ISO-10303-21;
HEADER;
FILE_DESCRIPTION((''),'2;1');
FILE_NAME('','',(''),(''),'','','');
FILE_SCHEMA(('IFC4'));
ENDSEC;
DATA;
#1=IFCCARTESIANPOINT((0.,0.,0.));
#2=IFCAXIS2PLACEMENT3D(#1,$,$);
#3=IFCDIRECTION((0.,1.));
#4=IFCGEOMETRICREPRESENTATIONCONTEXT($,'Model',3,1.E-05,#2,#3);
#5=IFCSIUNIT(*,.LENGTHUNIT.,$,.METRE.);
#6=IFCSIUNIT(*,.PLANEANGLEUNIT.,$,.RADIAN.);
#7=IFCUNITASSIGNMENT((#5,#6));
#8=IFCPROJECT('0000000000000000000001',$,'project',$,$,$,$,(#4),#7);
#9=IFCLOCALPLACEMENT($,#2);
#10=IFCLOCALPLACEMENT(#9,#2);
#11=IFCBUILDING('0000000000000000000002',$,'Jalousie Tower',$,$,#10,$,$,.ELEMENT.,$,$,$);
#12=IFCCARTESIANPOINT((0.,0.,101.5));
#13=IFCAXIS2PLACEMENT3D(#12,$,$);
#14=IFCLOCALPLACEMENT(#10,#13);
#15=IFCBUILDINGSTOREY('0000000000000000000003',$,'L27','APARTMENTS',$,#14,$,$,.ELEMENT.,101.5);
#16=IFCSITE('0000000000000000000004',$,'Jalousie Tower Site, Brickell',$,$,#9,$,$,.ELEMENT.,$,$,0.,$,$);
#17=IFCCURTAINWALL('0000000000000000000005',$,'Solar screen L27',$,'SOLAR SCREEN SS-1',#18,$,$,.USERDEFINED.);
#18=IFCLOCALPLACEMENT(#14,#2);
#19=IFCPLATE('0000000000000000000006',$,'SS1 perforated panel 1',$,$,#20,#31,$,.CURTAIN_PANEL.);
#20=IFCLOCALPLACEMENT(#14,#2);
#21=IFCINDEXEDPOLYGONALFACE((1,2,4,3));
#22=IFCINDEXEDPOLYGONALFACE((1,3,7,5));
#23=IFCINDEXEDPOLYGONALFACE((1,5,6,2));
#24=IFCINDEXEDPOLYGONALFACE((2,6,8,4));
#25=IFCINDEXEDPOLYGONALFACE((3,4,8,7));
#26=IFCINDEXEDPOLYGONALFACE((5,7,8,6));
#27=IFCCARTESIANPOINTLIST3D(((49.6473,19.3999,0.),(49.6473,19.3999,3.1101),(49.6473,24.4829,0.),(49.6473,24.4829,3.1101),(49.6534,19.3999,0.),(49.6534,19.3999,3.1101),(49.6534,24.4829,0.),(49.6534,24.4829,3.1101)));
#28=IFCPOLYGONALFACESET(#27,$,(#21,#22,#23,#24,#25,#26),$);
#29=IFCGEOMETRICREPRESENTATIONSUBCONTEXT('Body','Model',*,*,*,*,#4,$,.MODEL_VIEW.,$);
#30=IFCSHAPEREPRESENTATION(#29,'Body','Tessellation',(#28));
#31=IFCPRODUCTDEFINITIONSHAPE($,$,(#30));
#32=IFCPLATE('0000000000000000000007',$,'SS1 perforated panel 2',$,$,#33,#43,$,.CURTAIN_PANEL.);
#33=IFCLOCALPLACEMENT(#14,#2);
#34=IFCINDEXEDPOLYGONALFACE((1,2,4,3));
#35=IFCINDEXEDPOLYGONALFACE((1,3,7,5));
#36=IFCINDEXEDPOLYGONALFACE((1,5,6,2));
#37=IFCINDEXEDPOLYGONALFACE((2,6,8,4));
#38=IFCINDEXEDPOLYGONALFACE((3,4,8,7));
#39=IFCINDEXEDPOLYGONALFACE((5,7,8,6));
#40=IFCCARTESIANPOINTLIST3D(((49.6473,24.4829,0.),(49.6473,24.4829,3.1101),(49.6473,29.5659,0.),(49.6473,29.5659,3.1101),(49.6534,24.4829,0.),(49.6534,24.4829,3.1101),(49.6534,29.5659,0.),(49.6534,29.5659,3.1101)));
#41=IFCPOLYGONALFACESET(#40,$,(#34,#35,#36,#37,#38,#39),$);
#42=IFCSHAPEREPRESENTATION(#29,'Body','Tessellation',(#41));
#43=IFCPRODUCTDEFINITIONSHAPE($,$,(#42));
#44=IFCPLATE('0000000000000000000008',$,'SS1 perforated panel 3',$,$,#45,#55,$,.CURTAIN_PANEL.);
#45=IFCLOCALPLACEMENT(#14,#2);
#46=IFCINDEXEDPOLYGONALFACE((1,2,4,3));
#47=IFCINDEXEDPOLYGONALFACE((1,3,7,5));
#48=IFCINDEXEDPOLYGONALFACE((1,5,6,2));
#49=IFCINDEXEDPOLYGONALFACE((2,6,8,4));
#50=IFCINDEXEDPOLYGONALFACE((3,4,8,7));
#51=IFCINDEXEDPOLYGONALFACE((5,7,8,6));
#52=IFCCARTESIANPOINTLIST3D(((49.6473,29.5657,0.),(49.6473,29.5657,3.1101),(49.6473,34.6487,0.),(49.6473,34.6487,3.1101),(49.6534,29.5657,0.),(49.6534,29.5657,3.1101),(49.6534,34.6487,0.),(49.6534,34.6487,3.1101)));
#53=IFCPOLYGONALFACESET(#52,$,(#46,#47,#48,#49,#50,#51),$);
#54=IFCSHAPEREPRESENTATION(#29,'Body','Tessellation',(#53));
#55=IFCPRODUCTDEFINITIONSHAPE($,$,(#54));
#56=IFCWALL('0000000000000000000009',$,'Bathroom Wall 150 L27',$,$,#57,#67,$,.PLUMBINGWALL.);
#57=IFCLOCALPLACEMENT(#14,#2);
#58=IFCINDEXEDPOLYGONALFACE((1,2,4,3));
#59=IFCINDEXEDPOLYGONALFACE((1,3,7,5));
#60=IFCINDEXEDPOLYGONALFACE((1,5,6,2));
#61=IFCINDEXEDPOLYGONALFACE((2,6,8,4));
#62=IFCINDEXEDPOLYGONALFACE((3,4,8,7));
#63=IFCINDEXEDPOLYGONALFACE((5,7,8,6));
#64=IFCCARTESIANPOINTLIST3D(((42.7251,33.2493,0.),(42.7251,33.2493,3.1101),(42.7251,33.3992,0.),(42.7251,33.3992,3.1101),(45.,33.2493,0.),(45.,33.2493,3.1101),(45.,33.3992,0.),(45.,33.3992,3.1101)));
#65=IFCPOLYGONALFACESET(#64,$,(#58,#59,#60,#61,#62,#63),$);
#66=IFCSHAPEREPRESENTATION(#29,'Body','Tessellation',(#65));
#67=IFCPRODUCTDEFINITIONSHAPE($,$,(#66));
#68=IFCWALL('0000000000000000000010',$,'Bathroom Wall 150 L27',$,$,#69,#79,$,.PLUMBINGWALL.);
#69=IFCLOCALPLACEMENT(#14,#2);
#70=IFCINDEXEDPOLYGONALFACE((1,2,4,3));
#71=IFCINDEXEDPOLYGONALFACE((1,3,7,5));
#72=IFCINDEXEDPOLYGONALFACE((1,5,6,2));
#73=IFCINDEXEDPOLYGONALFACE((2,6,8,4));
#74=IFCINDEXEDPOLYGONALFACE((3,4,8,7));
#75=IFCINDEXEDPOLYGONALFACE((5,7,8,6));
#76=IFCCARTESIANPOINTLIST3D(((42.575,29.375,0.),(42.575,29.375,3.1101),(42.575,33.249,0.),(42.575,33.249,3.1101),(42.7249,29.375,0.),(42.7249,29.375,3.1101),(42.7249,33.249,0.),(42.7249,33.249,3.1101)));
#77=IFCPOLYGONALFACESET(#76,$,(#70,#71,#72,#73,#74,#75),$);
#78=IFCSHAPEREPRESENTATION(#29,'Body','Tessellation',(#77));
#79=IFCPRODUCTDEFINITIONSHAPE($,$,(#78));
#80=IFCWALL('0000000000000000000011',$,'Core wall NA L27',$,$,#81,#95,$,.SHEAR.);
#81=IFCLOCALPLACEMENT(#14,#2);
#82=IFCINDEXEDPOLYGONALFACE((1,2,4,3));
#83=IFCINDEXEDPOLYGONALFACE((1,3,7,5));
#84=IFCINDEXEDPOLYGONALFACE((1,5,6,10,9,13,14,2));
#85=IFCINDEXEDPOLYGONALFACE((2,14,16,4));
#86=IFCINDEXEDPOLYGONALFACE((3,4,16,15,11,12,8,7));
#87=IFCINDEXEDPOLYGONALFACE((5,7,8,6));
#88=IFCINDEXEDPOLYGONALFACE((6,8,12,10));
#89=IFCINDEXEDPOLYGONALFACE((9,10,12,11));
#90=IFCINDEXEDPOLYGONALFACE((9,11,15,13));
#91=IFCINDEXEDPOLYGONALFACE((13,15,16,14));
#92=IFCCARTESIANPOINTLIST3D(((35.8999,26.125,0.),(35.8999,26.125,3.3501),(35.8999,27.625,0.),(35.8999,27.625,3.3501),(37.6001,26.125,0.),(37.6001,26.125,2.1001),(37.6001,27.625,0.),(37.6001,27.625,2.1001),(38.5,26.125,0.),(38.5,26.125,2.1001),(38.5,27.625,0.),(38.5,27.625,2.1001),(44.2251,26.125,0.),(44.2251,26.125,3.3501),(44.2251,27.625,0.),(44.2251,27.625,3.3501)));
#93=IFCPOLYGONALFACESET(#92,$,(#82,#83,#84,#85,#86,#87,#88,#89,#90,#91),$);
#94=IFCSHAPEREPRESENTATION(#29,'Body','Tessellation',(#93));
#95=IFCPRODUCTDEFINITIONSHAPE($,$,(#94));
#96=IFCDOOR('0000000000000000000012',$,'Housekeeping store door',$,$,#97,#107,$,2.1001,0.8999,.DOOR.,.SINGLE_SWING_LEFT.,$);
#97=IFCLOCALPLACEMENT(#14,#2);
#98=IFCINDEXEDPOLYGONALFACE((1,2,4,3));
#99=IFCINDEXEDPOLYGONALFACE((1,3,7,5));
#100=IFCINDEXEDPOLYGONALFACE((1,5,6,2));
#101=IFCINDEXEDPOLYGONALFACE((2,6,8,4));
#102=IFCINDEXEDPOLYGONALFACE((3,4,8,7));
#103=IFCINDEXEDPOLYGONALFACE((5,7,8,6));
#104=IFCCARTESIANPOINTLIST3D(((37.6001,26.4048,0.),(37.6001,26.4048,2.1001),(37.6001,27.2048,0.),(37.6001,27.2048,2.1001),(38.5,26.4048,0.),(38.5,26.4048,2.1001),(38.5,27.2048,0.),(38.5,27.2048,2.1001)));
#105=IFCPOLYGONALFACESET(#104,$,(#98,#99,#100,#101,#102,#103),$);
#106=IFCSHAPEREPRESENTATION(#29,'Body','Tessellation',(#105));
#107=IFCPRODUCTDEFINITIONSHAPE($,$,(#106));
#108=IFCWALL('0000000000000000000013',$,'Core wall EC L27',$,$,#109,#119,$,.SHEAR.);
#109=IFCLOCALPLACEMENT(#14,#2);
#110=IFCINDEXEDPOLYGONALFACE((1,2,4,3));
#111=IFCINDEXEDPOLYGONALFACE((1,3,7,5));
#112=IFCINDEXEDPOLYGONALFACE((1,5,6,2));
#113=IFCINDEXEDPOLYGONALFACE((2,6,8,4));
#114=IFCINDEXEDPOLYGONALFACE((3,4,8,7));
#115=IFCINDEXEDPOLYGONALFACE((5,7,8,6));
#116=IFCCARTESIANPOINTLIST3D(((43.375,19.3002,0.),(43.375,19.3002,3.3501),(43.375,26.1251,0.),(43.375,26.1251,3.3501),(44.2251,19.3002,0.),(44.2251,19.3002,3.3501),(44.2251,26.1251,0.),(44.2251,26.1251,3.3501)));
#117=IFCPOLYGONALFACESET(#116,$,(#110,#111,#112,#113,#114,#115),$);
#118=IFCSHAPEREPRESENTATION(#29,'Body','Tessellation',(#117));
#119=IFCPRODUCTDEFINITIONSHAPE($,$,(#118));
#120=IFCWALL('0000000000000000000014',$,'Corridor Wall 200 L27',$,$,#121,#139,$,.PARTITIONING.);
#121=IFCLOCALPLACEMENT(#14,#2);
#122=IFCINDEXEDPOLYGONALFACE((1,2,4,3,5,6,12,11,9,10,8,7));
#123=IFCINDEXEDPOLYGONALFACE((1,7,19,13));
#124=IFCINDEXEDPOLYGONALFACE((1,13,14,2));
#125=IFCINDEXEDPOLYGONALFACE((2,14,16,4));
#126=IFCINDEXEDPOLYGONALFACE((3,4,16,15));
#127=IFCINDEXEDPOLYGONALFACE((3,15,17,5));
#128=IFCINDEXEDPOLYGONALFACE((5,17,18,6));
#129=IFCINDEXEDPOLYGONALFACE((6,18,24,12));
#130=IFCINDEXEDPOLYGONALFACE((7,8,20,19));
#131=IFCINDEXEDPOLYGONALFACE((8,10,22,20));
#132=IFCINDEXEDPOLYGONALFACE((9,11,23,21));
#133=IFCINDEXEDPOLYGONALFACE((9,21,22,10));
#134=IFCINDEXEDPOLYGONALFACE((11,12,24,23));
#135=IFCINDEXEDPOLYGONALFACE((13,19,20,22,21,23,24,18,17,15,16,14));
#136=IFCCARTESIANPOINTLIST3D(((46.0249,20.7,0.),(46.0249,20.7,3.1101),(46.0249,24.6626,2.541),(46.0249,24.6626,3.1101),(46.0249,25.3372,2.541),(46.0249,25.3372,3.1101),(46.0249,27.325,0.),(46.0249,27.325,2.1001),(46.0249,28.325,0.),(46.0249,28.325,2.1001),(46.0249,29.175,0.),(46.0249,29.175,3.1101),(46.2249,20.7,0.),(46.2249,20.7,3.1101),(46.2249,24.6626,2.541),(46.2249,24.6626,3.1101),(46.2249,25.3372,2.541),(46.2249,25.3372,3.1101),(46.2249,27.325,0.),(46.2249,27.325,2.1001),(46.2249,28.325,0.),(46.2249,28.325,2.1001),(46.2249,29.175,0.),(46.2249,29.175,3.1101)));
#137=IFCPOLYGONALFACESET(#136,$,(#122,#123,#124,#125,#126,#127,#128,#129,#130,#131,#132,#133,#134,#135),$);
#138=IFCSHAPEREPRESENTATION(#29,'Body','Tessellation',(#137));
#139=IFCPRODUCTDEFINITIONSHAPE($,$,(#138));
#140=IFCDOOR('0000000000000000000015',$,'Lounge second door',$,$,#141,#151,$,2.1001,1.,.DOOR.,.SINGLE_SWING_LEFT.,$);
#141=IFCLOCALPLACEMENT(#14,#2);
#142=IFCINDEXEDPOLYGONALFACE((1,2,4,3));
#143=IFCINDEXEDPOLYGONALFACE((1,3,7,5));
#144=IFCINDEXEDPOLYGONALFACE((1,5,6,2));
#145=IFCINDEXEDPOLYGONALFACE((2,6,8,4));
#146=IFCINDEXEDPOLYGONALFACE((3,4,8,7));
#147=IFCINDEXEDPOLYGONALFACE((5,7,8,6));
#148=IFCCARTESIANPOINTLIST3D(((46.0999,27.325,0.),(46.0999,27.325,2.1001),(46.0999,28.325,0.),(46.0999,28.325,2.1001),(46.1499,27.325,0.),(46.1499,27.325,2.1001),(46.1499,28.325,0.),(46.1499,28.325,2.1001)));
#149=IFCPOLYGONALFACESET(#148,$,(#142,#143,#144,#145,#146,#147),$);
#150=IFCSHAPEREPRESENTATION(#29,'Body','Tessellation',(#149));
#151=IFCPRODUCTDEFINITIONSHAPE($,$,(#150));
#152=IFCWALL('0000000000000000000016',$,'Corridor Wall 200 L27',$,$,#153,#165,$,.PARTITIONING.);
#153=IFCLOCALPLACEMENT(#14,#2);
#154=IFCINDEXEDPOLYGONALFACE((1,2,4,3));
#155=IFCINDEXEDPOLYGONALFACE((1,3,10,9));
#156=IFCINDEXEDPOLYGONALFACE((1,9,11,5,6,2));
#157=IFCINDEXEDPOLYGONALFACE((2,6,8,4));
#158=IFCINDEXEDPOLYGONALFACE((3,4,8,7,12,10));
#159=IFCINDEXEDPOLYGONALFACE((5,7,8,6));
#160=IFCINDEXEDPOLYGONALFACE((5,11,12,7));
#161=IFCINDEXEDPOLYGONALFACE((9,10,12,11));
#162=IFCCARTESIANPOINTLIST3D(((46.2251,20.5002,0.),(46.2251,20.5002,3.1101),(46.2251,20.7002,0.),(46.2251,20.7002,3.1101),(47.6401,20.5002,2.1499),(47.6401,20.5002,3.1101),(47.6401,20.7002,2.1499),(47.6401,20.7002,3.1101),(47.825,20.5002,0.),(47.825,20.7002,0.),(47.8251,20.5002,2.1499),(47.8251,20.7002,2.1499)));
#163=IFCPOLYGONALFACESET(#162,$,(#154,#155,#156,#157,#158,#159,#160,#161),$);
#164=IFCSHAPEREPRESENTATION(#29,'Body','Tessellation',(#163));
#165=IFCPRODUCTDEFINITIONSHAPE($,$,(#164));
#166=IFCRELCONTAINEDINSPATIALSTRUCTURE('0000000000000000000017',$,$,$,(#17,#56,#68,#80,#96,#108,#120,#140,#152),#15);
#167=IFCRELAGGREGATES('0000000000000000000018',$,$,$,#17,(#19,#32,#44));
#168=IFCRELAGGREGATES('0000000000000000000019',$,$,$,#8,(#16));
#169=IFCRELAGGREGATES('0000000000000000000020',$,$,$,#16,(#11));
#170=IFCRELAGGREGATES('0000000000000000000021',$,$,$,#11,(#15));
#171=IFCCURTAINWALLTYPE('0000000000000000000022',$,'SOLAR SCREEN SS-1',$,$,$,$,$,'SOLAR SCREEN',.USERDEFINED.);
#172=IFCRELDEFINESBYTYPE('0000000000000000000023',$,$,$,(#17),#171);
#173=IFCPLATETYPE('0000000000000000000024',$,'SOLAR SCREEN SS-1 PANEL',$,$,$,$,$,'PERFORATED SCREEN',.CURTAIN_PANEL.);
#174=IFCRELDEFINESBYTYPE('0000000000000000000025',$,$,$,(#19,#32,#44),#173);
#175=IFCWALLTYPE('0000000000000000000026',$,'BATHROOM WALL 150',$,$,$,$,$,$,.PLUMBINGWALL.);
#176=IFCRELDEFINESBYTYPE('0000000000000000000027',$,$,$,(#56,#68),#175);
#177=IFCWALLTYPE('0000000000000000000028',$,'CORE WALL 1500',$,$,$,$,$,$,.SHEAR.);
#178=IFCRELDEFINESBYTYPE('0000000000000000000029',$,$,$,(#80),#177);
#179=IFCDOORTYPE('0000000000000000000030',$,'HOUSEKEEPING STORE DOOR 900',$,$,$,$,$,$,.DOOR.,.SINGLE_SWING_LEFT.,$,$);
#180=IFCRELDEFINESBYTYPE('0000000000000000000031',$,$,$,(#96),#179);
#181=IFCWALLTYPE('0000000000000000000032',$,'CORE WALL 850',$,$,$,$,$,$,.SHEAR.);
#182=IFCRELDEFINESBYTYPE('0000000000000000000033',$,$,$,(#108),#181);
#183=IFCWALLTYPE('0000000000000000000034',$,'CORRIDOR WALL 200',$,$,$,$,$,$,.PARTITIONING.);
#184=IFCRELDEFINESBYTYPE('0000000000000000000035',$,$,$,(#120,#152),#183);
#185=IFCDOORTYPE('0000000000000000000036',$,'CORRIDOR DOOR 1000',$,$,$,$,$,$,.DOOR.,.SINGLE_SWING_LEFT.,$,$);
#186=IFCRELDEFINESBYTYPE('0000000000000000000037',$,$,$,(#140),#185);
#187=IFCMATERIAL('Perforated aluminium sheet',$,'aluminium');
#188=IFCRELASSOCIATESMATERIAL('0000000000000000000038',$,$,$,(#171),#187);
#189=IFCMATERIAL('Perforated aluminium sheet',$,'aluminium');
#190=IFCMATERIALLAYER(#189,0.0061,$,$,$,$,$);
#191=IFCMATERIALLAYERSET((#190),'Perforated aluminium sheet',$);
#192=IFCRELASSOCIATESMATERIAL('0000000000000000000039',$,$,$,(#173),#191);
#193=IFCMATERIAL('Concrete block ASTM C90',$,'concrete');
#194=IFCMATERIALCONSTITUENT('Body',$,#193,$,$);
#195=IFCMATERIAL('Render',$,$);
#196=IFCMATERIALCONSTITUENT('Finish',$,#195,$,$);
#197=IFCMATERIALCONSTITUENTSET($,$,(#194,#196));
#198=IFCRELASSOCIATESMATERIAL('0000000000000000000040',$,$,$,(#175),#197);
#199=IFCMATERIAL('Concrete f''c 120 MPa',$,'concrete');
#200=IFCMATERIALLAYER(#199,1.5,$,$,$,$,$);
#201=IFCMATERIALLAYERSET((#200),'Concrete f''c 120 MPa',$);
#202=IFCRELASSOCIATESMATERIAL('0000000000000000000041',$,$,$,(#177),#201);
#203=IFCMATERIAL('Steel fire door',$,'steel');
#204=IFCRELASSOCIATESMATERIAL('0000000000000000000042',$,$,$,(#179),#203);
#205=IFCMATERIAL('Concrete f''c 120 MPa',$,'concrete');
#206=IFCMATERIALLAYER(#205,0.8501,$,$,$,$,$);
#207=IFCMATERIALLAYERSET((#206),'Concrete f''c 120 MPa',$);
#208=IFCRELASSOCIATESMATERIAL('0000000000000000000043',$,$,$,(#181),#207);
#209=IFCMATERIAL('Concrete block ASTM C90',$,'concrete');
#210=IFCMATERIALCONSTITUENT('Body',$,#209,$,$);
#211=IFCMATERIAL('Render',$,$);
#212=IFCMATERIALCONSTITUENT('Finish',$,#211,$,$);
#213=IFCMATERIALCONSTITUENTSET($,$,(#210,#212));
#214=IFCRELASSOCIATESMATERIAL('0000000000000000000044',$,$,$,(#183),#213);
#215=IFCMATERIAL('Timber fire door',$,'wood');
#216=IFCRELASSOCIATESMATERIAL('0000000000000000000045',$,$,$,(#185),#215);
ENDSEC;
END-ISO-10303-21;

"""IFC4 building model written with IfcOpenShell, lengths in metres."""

from ifc_helpers import new_model, si_unit, direction, frame, frame_2d, origin, origin_2d, place, context, subcontext, project, spatial, polyline, rectangle, outline, extrude, material, layer, layer_set, constituent, constituent_set, type_object, element, fill, aggregate, save


model = new_model("IFC4")

# Units and contexts
model_context = context("Model", 3, precision=1e-05, world=origin(), true_north=direction((0.0, 1.0)))
body_context = subcontext(model_context, "Body", "Model", "MODEL_VIEW")
ifc_project = project(units=[si_unit("LENGTHUNIT", "METRE"), si_unit("PLANEANGLEUNIT", "RADIAN")], contexts=[model_context])

# Site, building, storey
site_placement = place(None, origin())
site = spatial("IfcSite", under=ifc_project, at=site_placement, Name="Jalousie Tower Site, Brickell", CompositionType="ELEMENT", RefElevation=0.0)
building_placement = place(site_placement, origin())
building = spatial("IfcBuilding", under=site, at=building_placement, Name="Jalousie Tower", CompositionType="ELEMENT")
storey_placement = place(building_placement, frame((0.0, 0.0, 101.5)))
storey = spatial("IfcBuildingStorey", under=building, at=storey_placement, Name="L27", Description="APARTMENTS", CompositionType="ELEMENT", Elevation=101.5)

# Curtain wall, plates
ifc_material_1 = material(Name="Perforated aluminium sheet", Category="aluminium")
curtain_wall_type = type_object("IfcCurtainWallType", Name="SOLAR SCREEN SS-1", ElementType="SOLAR SCREEN", PredefinedType="USERDEFINED", material=ifc_material_1)
curtain_wall_placement = place(storey_placement, origin())
curtain_wall = element("IfcCurtainWall", 1, at=curtain_wall_placement, inside=storey, type_object=curtain_wall_type, Name="Solar screen L27", ObjectType="SOLAR SCREEN SS-1", PredefinedType="USERDEFINED")
ifc_material_2 = material(Name="Perforated aluminium sheet", Category="aluminium")
ifc_layer_1 = layer(ifc_material_2, 0.0061)
ifc_layer_set_1 = layer_set([ifc_layer_1], Name="Perforated aluminium sheet")
plate_type = type_object("IfcPlateType", Name="SOLAR SCREEN SS-1 PANEL", ElementType="PERFORATED SCREEN", PredefinedType="CURTAIN_PANEL", material=ifc_layer_set_1)
plate_1_placement = place(storey_placement, frame((49.6504, 21.9414, 0.0), z_axis=(0.0, 0.0, 1.0), x_axis=(0.0, 1.0, 0.0)))
plate_1 = element("IfcPlate", 2, at=plate_1_placement, type_object=plate_type, Name="SS1 perforated panel 1", PredefinedType="CURTAIN_PANEL", context=body_context, shape_type="SweptSolid", body=[
    extrude(rectangle(XDim=5.083, YDim=0.0061, at=origin_2d()), origin(), (0.0, 0.0, 1.0), 3.1101),
])
plate_2_placement = place(storey_placement, frame((49.6504, 27.0244, 0.0), z_axis=(0.0, 0.0, 1.0), x_axis=(0.0, 1.0, 0.0)))
plate_2 = element("IfcPlate", 3, at=plate_2_placement, type_object=plate_type, Name="SS1 perforated panel 2", PredefinedType="CURTAIN_PANEL", context=body_context, shape_type="SweptSolid", body=[
    extrude(rectangle(XDim=5.083, YDim=0.0061, at=origin_2d()), origin(), (0.0, 0.0, 1.0), 3.1101),
])
plate_3_placement = place(storey_placement, frame((49.6504, 32.1072, 0.0), z_axis=(0.0, 0.0, 1.0), x_axis=(0.0, 1.0, 0.0)))
plate_3 = element("IfcPlate", 4, at=plate_3_placement, type_object=plate_type, Name="SS1 perforated panel 3", PredefinedType="CURTAIN_PANEL", context=body_context, shape_type="SweptSolid", body=[
    extrude(rectangle(XDim=5.083, YDim=0.0061, at=origin_2d()), origin(), (0.0, 0.0, 1.0), 3.1101),
])
aggregate(curtain_wall, [plate_1, plate_2, plate_3])

# Walls
ifc_material_3 = material(Name="Concrete block ASTM C90", Category="concrete")
ifc_constituent_1 = constituent(ifc_material_3, Name="Body")
ifc_material_4 = material(Name="Render")
ifc_constituent_2 = constituent(ifc_material_4, Name="Finish")
ifc_constituent_set_1 = constituent_set(constituents=[ifc_constituent_1, ifc_constituent_2])
wall_type_1 = type_object("IfcWallType", Name="BATHROOM WALL 150", PredefinedType="PLUMBINGWALL", material=ifc_constituent_set_1)
wall_1_placement = place(storey_placement, frame((42.7251, 33.3242, 0.0), z_axis=(0.0, 0.0, 1.0), x_axis=(1.0, 0.0, 0.0)))
element("IfcWall", 5, at=wall_1_placement, inside=storey, type_object=wall_type_1, Name="Bathroom Wall 150 L27", PredefinedType="PLUMBINGWALL", context=body_context, shape_type="SweptSolid", body=[
    extrude(rectangle(XDim=2.2749, YDim=0.1499, at=frame_2d((1.1375, 0.0))), origin(), (0.0, 0.0, 1.0), 3.1101),
])
wall_2_placement = place(storey_placement, frame((42.6499, 33.249, 0.0), z_axis=(0.0, 0.0, 1.0), x_axis=(0.0, -1.0, 0.0)))
element("IfcWall", 6, at=wall_2_placement, inside=storey, type_object=wall_type_1, Name="Bathroom Wall 150 L27", PredefinedType="PLUMBINGWALL", context=body_context, shape_type="SweptSolid", body=[
    extrude(rectangle(XDim=3.874, YDim=0.1499, at=frame_2d((1.937, 0.0))), origin(), (0.0, 0.0, 1.0), 3.1101),
])

# Wall, opening, door
ifc_material_5 = material(Name="Concrete f'c 120 MPa", Category="concrete")
ifc_layer_2 = layer(ifc_material_5, 1.5)
ifc_layer_set_2 = layer_set([ifc_layer_2], Name="Concrete f'c 120 MPa")
wall_type_2 = type_object("IfcWallType", Name="CORE WALL 1500", PredefinedType="SHEAR", material=ifc_layer_set_2)
wall_3_placement = place(storey_placement, frame((44.2251, 26.875, 0.0), z_axis=(0.0, 0.0, 1.0), x_axis=(-1.0, 0.0, 0.0)))
wall_3 = element("IfcWall", 7, at=wall_3_placement, inside=storey, type_object=wall_type_2, Name="Core wall NA L27", PredefinedType="SHEAR", context=body_context, shape_type="SweptSolid", body=[
    extrude(rectangle(XDim=8.3252, YDim=1.5, at=frame_2d((4.1626, 0.0))), origin(), (0.0, 0.0, 1.0), 3.3501),
])
opening_1_placement = place(wall_3_placement, frame((5.7251, 0.0, 0.0)))
opening_1 = element("IfcOpeningElement", 8, at=opening_1_placement, cuts=wall_3, PredefinedType="OPENING", context=body_context, shape_type="SweptSolid", body=[
    extrude(rectangle(XDim=0.8999, YDim=2.1001, at=frame_2d((0.45, 1.05))), frame((0.0, 0.76, 0.0), z_axis=(0.0, -1.0, 0.0), x_axis=(1.0, 0.0, 0.0)), (0.0, 0.0, 1.0), 1.52),
])
ifc_material_6 = material(Name="Steel fire door", Category="steel")
door_type_1 = type_object("IfcDoorType", Name="HOUSEKEEPING STORE DOOR 900", OperationType="SINGLE_SWING_LEFT", PredefinedType="DOOR", material=ifc_material_6)
door_1_placement = place(opening_1_placement, origin())
door_1 = element("IfcDoor", 9, at=door_1_placement, inside=storey, type_object=door_type_1, Name="Housekeeping store door", OperationType="SINGLE_SWING_LEFT", OverallHeight=2.1001, OverallWidth=0.8999, PredefinedType="DOOR", context=body_context, shape_type="SweptSolid", body=[
    extrude(rectangle(XDim=0.8999, YDim=2.1001, at=frame_2d((0.45, 1.05))), frame((0.0, 0.4702, 0.0), z_axis=(0.0, -1.0, 0.0), x_axis=(1.0, 0.0, 0.0)), (0.0, 0.0, 1.0), 0.8),
])
fill(opening_1, door_1)

# Wall
ifc_material_7 = material(Name="Concrete f'c 120 MPa", Category="concrete")
ifc_layer_3 = layer(ifc_material_7, 0.8501)
ifc_layer_set_3 = layer_set([ifc_layer_3], Name="Concrete f'c 120 MPa")
wall_type_3 = type_object("IfcWallType", Name="CORE WALL 850", PredefinedType="SHEAR", material=ifc_layer_set_3)
wall_4_placement = place(storey_placement, frame((43.8, 19.3, 0.0), z_axis=(0.0, 0.0, 1.0), x_axis=(0.0, 1.0, 0.0)))
element("IfcWall", 10, at=wall_4_placement, inside=storey, type_object=wall_type_3, Name="Core wall EC L27", PredefinedType="SHEAR", context=body_context, shape_type="SweptSolid", body=[
    extrude(rectangle(XDim=6.825, YDim=0.8501, at=frame_2d((3.4126, 0.0))), origin(), (0.0, 0.0, 1.0), 3.3501),
])

# Wall, opening, door
ifc_material_8 = material(Name="Concrete block ASTM C90", Category="concrete")
ifc_constituent_3 = constituent(ifc_material_8, Name="Body")
ifc_material_9 = material(Name="Render")
ifc_constituent_4 = constituent(ifc_material_9, Name="Finish")
ifc_constituent_set_2 = constituent_set(constituents=[ifc_constituent_3, ifc_constituent_4])
wall_type_4 = type_object("IfcWallType", Name="CORRIDOR WALL 200", PredefinedType="PARTITIONING", material=ifc_constituent_set_2)
wall_5_placement = place(storey_placement, frame((46.125, 20.7, 0.0), z_axis=(0.0, 0.0, 1.0), x_axis=(0.0, 1.0, 0.0)))
wall_5 = element("IfcWall", 11, at=wall_5_placement, inside=storey, type_object=wall_type_4, Name="Corridor Wall 200 L27", PredefinedType="PARTITIONING", context=body_context, shape_type="SweptSolid", body=[
    extrude(outline(polyline([(0.0, 0.0), (8.4751, 0.0), (8.4751, 3.1101), (4.6372, 3.1101), (4.6372, 2.541), (3.9626, 2.541), (3.9626, 3.1101), (0.0, 3.1101), (0.0, 0.0)])), frame((0.0, 0.1001, 0.0), z_axis=(0.0, -1.0, 0.0), x_axis=(1.0, 0.0, 0.0)), (0.0, 0.0, 1.0), 0.2),
])
opening_2_placement = place(wall_5_placement, frame((6.625, 0.0, 0.0)))
opening_2 = element("IfcOpeningElement", 12, at=opening_2_placement, cuts=wall_5, PredefinedType="OPENING", context=body_context, shape_type="SweptSolid", body=[
    extrude(rectangle(XDim=1.0, YDim=2.1001, at=frame_2d((0.5, 1.05))), frame((0.0, 0.1099, 0.0), z_axis=(0.0, -1.0, 0.0), x_axis=(1.0, 0.0, 0.0)), (0.0, 0.0, 1.0), 0.22),
])
ifc_material_10 = material(Name="Timber fire door", Category="wood")
door_type_2 = type_object("IfcDoorType", Name="CORRIDOR DOOR 1000", OperationType="SINGLE_SWING_LEFT", PredefinedType="DOOR", material=ifc_material_10)
door_2_placement = place(opening_2_placement, frame((1.0, 0.0, 0.0), z_axis=(0.0, 0.0, 1.0), x_axis=(-1.0, 0.0, 0.0)))
door_2 = element("IfcDoor", 13, at=door_2_placement, inside=storey, type_object=door_type_2, Name="Lounge second door", OperationType="SINGLE_SWING_LEFT", OverallHeight=2.1001, OverallWidth=1.0, PredefinedType="DOOR", context=body_context, shape_type="SweptSolid", body=[
    extrude(rectangle(XDim=1.0, YDim=2.1001, at=frame_2d((0.5, 1.05))), frame((0.0, 0.0249, 0.0), z_axis=(0.0, -1.0, 0.0), x_axis=(1.0, 0.0, 0.0)), (0.0, 0.0, 1.0), 0.05),
])
fill(opening_2, door_2)

# Wall
wall_6_placement = place(storey_placement, frame((46.2251, 20.6001, 0.0), z_axis=(0.0, 0.0, 1.0), x_axis=(1.0, 0.0, 0.0)))
element("IfcWall", 14, at=wall_6_placement, inside=storey, type_object=wall_type_4, Name="Corridor Wall 200 L27", PredefinedType="PARTITIONING", context=body_context, shape_type="SweptSolid", body=[
    extrude(outline(polyline([(0.0, 0.0), (1.5999, 0.0), (1.6001, 3.1101), (1.6001, 2.1499), (1.415, 2.1499), (1.415, 3.1101), (0.0, 3.1101), (0.0, 0.0)])), frame((0.0, 0.1001, 0.0), z_axis=(0.0, -1.0, 0.0), x_axis=(1.0, 0.0, 0.0)), (0.0, 0.0, 1.0), 0.2),
])

save(model, "model.ifc")
